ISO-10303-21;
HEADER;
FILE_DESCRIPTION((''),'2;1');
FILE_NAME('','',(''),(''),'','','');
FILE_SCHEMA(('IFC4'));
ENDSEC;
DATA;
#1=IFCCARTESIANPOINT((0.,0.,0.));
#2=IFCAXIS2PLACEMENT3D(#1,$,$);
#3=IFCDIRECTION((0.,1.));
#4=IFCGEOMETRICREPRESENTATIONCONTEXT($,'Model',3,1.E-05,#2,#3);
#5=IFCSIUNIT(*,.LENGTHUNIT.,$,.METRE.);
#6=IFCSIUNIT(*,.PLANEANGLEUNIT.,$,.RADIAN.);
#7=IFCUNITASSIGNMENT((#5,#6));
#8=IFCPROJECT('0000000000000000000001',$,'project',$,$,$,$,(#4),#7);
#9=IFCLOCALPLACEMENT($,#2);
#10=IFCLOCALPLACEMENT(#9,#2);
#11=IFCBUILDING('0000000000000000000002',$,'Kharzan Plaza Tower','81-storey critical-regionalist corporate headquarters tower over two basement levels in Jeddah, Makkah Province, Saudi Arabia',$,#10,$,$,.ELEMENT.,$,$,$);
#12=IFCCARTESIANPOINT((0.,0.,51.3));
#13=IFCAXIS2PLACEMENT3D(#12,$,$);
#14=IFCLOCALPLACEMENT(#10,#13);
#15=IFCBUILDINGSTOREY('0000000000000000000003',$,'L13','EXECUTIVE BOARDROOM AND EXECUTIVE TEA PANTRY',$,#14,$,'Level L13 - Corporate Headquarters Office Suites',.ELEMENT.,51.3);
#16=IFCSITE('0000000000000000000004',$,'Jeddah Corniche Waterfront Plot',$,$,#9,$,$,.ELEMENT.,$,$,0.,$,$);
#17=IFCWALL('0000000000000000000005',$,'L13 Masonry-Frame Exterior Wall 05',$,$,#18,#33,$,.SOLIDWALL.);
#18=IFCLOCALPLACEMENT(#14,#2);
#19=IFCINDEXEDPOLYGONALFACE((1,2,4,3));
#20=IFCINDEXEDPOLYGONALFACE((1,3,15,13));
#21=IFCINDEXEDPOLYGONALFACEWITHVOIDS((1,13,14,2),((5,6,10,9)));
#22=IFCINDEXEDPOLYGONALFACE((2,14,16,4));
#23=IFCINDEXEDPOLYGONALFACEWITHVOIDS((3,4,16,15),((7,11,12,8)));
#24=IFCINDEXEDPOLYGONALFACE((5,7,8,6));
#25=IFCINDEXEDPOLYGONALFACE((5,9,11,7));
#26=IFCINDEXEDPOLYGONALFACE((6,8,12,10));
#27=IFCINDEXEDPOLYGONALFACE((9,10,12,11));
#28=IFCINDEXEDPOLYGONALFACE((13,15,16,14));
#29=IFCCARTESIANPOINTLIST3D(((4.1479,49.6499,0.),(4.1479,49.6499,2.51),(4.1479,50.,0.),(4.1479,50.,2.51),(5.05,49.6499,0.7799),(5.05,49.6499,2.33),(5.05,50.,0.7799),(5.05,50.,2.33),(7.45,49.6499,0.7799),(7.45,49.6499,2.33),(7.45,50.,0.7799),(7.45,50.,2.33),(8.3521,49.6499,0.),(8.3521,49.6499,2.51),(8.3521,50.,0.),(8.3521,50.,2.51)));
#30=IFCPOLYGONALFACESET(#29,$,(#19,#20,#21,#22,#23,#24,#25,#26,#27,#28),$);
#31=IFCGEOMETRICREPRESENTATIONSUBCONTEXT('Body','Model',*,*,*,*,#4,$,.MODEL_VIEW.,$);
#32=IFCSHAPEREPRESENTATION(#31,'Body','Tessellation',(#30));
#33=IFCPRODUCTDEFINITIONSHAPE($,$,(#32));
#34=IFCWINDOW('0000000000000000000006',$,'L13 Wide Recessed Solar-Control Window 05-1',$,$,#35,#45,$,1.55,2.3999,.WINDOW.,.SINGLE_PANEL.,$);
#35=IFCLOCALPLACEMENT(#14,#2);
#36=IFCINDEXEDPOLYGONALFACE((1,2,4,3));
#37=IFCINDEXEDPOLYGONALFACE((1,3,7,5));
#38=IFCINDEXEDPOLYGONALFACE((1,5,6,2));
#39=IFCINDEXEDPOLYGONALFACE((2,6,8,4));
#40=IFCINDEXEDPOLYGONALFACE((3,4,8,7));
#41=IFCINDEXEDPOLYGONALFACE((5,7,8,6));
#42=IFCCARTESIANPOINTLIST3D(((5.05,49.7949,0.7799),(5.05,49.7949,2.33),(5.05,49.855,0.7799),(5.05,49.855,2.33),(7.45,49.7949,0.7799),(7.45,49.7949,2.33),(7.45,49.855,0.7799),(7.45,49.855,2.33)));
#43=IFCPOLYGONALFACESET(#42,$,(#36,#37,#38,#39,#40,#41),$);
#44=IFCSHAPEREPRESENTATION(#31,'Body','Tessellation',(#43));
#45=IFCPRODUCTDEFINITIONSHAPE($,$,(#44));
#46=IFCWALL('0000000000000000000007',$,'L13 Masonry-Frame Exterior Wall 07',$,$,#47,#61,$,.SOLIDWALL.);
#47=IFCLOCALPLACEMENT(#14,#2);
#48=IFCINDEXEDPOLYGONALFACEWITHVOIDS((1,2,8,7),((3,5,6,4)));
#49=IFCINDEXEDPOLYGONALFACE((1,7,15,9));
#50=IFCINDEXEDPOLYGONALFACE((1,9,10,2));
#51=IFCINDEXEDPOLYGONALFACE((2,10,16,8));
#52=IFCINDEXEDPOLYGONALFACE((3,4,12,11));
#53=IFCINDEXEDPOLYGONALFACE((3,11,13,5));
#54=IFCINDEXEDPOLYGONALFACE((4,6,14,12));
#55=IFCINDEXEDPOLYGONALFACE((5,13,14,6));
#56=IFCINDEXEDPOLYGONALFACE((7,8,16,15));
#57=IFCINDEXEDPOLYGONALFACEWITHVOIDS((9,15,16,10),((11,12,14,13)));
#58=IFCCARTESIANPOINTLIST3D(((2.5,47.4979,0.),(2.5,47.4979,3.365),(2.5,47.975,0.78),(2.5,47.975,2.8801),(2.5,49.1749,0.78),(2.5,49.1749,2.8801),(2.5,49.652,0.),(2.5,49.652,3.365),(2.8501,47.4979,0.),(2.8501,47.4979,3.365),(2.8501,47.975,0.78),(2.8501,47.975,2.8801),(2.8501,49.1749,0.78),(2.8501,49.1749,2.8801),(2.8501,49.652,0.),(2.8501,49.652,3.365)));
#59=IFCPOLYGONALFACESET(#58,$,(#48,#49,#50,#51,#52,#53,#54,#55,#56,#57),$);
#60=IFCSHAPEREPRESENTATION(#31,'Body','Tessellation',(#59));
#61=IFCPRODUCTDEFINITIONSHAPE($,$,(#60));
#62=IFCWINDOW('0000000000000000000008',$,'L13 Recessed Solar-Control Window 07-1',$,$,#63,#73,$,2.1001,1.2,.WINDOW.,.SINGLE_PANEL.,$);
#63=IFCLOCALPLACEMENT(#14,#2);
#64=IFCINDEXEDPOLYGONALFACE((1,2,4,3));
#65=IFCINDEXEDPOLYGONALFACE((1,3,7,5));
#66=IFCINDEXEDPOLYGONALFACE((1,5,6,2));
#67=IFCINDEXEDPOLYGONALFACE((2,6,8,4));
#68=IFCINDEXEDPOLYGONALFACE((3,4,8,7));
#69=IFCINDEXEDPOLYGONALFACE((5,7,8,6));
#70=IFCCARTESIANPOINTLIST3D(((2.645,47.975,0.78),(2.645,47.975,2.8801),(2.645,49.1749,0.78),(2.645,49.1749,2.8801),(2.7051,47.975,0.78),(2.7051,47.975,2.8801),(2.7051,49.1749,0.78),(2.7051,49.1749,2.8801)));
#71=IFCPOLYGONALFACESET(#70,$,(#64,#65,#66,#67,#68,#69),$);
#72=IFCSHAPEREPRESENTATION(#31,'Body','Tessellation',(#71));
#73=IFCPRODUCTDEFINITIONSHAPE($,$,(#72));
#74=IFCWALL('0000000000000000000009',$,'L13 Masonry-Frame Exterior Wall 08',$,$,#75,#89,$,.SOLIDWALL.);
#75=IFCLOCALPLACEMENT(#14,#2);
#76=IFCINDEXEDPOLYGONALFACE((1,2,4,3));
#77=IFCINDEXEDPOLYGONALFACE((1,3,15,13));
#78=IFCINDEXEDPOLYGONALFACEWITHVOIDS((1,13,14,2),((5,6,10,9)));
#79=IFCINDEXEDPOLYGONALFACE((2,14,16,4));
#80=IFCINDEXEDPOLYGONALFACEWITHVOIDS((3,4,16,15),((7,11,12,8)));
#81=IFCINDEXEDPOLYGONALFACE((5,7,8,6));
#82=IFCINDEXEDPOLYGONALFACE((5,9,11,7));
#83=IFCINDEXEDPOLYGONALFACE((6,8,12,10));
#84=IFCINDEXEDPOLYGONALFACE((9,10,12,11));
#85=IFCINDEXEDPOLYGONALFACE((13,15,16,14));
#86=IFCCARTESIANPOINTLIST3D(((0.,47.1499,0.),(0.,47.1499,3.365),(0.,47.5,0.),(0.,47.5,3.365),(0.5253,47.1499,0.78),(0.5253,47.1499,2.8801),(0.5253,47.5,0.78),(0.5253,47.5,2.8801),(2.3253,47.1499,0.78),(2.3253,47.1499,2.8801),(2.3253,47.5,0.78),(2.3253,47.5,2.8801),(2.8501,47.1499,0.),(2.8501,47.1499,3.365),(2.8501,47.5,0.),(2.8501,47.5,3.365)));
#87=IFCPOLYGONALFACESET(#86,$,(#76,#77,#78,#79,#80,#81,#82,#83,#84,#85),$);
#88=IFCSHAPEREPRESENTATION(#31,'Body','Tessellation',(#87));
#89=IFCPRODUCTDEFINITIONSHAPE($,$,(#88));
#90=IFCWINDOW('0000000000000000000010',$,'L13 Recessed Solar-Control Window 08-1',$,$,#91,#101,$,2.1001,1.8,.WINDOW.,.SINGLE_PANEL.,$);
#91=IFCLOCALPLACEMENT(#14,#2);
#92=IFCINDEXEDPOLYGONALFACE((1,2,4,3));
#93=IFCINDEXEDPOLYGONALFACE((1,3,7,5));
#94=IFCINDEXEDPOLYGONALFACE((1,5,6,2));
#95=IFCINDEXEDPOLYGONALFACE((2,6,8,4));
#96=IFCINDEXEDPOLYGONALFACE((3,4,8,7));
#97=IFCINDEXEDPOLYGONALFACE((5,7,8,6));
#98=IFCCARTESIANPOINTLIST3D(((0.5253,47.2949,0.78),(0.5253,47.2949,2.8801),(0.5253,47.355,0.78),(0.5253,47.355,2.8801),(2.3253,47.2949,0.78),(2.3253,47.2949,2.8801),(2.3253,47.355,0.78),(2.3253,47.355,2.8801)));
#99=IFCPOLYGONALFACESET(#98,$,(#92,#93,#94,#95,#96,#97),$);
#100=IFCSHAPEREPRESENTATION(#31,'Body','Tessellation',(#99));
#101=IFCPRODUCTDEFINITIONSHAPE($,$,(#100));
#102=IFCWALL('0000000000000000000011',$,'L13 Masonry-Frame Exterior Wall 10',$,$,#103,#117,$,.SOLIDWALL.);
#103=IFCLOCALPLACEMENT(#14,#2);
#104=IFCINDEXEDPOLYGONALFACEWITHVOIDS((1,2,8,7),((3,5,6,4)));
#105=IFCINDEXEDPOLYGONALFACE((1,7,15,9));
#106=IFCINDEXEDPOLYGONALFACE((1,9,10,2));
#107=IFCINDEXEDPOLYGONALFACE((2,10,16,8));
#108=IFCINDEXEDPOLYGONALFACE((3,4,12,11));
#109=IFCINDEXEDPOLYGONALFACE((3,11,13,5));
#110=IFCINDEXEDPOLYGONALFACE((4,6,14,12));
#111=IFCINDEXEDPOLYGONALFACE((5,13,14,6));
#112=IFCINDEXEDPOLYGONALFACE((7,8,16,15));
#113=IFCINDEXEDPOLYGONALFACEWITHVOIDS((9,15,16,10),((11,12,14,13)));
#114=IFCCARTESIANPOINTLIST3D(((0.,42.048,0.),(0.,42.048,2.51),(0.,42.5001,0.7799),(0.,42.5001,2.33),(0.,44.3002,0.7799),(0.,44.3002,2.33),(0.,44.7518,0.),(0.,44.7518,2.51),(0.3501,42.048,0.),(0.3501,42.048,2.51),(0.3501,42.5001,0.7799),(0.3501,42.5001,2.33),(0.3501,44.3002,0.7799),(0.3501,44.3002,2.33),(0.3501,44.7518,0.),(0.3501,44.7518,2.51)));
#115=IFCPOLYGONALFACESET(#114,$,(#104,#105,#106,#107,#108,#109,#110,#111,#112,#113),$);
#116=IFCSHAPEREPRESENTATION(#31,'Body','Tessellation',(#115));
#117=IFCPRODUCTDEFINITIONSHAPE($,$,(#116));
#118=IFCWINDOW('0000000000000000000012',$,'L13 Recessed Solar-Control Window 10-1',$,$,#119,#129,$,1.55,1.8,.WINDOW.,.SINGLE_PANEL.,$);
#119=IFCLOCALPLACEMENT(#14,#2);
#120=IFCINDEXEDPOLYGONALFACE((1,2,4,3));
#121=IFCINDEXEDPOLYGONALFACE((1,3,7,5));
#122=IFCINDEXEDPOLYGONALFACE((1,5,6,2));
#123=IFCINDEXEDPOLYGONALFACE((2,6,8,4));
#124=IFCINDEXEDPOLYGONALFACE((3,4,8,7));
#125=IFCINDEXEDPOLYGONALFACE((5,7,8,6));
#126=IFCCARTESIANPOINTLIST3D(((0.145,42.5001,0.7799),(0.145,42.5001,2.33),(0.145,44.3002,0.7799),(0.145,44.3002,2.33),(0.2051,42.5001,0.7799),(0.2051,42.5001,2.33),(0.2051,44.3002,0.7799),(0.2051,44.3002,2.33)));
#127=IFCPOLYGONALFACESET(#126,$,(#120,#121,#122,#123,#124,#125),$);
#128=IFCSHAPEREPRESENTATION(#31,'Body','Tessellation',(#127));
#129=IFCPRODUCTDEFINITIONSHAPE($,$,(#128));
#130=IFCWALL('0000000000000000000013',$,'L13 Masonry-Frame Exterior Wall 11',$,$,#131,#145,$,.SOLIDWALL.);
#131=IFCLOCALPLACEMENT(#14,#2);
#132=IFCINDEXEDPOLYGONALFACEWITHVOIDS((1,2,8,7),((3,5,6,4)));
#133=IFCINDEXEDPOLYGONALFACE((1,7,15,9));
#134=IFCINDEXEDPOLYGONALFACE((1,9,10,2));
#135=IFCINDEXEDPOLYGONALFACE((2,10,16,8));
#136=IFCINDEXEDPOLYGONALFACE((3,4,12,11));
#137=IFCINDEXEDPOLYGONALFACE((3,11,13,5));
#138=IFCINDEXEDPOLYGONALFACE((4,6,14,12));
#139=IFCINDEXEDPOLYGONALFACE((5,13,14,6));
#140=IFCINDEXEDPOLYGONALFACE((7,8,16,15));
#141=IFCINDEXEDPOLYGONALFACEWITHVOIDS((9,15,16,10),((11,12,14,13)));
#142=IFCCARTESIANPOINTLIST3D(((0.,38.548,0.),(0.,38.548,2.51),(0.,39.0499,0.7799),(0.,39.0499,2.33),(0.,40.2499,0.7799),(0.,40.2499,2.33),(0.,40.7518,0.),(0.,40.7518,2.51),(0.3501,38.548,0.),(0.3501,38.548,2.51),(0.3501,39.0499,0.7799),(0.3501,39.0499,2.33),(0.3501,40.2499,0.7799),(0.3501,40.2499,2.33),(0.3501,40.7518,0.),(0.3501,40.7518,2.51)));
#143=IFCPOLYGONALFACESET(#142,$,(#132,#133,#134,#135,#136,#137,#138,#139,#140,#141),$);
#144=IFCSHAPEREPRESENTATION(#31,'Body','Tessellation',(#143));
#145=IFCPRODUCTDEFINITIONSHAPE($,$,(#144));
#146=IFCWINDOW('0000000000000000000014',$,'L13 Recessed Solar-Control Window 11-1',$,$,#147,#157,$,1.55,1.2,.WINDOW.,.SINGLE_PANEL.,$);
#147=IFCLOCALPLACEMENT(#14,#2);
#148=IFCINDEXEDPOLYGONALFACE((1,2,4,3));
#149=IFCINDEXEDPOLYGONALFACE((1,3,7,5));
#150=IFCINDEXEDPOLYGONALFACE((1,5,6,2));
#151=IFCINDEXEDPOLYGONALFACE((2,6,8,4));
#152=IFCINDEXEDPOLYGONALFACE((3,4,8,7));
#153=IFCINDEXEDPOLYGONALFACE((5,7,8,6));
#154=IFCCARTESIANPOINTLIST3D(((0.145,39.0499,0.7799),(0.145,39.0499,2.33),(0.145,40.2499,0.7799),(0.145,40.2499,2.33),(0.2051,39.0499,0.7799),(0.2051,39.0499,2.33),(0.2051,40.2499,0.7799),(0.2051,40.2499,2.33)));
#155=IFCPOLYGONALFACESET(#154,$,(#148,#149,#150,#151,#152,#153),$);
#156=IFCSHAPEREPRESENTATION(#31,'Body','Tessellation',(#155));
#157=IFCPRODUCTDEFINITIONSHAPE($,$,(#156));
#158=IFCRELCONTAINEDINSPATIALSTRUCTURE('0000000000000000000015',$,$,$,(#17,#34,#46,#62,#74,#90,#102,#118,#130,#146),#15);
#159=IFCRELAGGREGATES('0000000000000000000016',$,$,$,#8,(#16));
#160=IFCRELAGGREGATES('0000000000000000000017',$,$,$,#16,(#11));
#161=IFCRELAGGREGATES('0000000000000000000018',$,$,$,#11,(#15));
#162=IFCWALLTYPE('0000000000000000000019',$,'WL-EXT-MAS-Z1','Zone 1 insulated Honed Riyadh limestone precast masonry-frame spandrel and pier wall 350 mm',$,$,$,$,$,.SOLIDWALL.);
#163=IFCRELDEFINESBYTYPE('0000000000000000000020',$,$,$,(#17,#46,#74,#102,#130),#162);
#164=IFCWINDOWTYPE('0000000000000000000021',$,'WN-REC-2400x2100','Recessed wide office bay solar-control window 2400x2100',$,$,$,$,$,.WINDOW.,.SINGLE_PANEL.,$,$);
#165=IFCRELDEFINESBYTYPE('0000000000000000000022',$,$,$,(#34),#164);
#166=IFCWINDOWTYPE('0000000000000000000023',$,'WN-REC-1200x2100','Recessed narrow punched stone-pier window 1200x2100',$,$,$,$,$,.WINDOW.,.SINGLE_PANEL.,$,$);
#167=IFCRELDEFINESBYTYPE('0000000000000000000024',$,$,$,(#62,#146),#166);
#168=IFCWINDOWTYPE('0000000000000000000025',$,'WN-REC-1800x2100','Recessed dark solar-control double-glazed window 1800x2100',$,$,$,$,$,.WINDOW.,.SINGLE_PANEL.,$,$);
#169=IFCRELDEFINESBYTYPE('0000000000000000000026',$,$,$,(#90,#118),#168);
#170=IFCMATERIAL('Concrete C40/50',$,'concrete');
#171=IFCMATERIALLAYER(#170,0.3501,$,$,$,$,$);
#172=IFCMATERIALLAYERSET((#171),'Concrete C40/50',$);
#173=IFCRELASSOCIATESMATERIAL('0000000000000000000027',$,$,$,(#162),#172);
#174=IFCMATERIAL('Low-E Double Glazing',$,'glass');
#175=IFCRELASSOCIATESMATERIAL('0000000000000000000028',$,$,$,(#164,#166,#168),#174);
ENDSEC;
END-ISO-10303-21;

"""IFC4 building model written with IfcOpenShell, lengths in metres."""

from ifc_helpers import new_model, si_unit, direction, frame, frame_2d, origin, place, context, subcontext, project, spatial, rectangle, extrude, source, transform, mapped, material, layer, layer_set, type_object, element, fill, save


model = new_model("IFC4")

# Units and contexts
model_context = context("Model", 3, precision=1e-05, world=origin(), true_north=direction((0.0, 1.0)))
body_context = subcontext(model_context, "Body", "Model", "MODEL_VIEW")
ifc_project = project(units=[si_unit("LENGTHUNIT", "METRE"), si_unit("PLANEANGLEUNIT", "RADIAN")], contexts=[model_context])

# Site, building, storey
site_placement = place(None, origin())
site = spatial("IfcSite", under=ifc_project, at=site_placement, Name="Jeddah Corniche Waterfront Plot", CompositionType="ELEMENT", RefElevation=0.0)
building_placement = place(site_placement, origin())
building = spatial("IfcBuilding", under=site, at=building_placement, Name="Kharzan Plaza Tower", Description="81-storey critical-regionalist corporate headquarters tower over two basement levels in Jeddah, Makkah Province, Saudi Arabia", CompositionType="ELEMENT")
storey_placement = place(building_placement, frame((0.0, 0.0, 51.3)))
storey = spatial("IfcBuildingStorey", under=building, at=storey_placement, Name="L13", Description="EXECUTIVE BOARDROOM AND EXECUTIVE TEA PANTRY", LongName="Level L13 - Corporate Headquarters Office Suites", CompositionType="ELEMENT", Elevation=51.3)

# Walls, openings, windows
ifc_material_1 = material(Name="Concrete C40/50", Category="concrete")
ifc_layer = layer(ifc_material_1, 0.3501)
ifc_layer_set = layer_set([ifc_layer], Name="Concrete C40/50")
wall_type = type_object("IfcWallType", Name="WL-EXT-MAS-Z1", Description="Zone 1 insulated Honed Riyadh limestone precast masonry-frame spandrel and pier wall 350 mm", PredefinedType="SOLIDWALL", material=ifc_layer_set)
wall_1_placement = place(storey_placement, frame((8.3521, 49.825, 0.0), z_axis=(0.0, 0.0, 1.0), x_axis=(-1.0, 0.0, 0.0)))
wall_1 = element("IfcWall", 1, at=wall_1_placement, inside=storey, type_object=wall_type, Name="L13 Masonry-Frame Exterior Wall 05", PredefinedType="SOLIDWALL", context=body_context, shape_type="SweptSolid", body=[
    extrude(rectangle(XDim=4.2041, YDim=0.3501, at=frame_2d((2.1021, 0.0))), origin(), (0.0, 0.0, 1.0), 2.51),
])
opening_1_placement = place(wall_1_placement, frame((0.9021, 0.0, 0.78)))
opening_1 = element("IfcOpeningElement", 2, at=opening_1_placement, cuts=wall_1, PredefinedType="OPENING", context=body_context, shape_type="SweptSolid", body=[
    extrude(rectangle(XDim=2.3999, YDim=1.55, at=frame_2d((1.2, 0.7749))), frame((0.0, 0.1851, 0.0), z_axis=(0.0, -1.0, 0.0), x_axis=(1.0, 0.0, 0.0)), (0.0, 0.0, 1.0), 0.3701),
])
ifc_material_2 = material(Name="Low-E Double Glazing", Category="glass")
window_type_1 = type_object("IfcWindowType", Name="WN-REC-2400x2100", Description="Recessed wide office bay solar-control window 2400x2100", PartitioningType="SINGLE_PANEL", PredefinedType="WINDOW", material=ifc_material_2)
shared_shape_1 = source(origin(), body_context, "Body", "SweptSolid", [
    extrude(rectangle(XDim=2.3999, YDim=1.55, at=frame_2d((1.2, 0.7749))), frame((0.0, 0.03, 0.0), z_axis=(0.0, -1.0, 0.0), x_axis=(1.0, 0.0, 0.0)), (0.0, 0.0, 1.0), 0.0601),
])
window_1_placement = place(opening_1_placement, origin())
window_1 = element("IfcWindow", 3, at=window_1_placement, inside=storey, type_object=window_type_1, Name="L13 Wide Recessed Solar-Control Window 05-1", OverallHeight=1.55, OverallWidth=2.3999, PartitioningType="SINGLE_PANEL", PredefinedType="WINDOW", context=body_context, shape_type="MappedRepresentation", body=[
    mapped(shared_shape_1, transform((0.0, 0.0, 0.0), x_axis=(1.0, 0.0, 0.0), y_axis=(0.0, 1.0, 0.0), z_axis=(0.0, 0.0, 1.0))),
])
fill(opening_1, window_1)
wall_2_placement = place(storey_placement, frame((2.675, 49.6521, 0.0), z_axis=(0.0, 0.0, 1.0), x_axis=(0.0, -1.0, 0.0)))
wall_2 = element("IfcWall", 4, at=wall_2_placement, inside=storey, type_object=wall_type, Name="L13 Masonry-Frame Exterior Wall 07", PredefinedType="SOLIDWALL", context=body_context, shape_type="SweptSolid", body=[
    extrude(rectangle(XDim=2.1541, YDim=0.3501, at=frame_2d((1.0771, 0.0))), origin(), (0.0, 0.0, 1.0), 3.365),
])
opening_2_placement = place(wall_2_placement, frame((0.4771, 0.0, 0.78)))
opening_2 = element("IfcOpeningElement", 5, at=opening_2_placement, cuts=wall_2, PredefinedType="OPENING", context=body_context, shape_type="SweptSolid", body=[
    extrude(rectangle(XDim=1.2, YDim=2.1001, at=frame_2d((0.6001, 1.05))), frame((0.0, 0.1851, 0.0), z_axis=(0.0, -1.0, 0.0), x_axis=(1.0, 0.0, 0.0)), (0.0, 0.0, 1.0), 0.3701),
])
window_type_2 = type_object("IfcWindowType", Name="WN-REC-1200x2100", Description="Recessed narrow punched stone-pier window 1200x2100", PartitioningType="SINGLE_PANEL", PredefinedType="WINDOW", material=ifc_material_2)
shared_shape_2 = source(origin(), body_context, "Body", "SweptSolid", [
    extrude(rectangle(XDim=1.2, YDim=2.1001, at=frame_2d((0.6001, 1.05))), frame((0.0, 0.03, 0.0), z_axis=(0.0, -1.0, 0.0), x_axis=(1.0, 0.0, 0.0)), (0.0, 0.0, 1.0), 0.0601),
])
window_2_placement = place(opening_2_placement, origin())
window_2 = element("IfcWindow", 6, at=window_2_placement, inside=storey, type_object=window_type_2, Name="L13 Recessed Solar-Control Window 07-1", OverallHeight=2.1001, OverallWidth=1.2, PartitioningType="SINGLE_PANEL", PredefinedType="WINDOW", context=body_context, shape_type="MappedRepresentation", body=[
    mapped(shared_shape_2, transform((0.0, 0.0, 0.0), x_axis=(1.0, 0.0, 0.0), y_axis=(0.0, 1.0, 0.0), z_axis=(0.0, 0.0, 1.0))),
])
fill(opening_2, window_2)
wall_3_placement = place(storey_placement, frame((2.8501, 47.325, 0.0), z_axis=(0.0, 0.0, 1.0), x_axis=(-1.0, 0.0, 0.0)))
wall_3 = element("IfcWall", 7, at=wall_3_placement, inside=storey, type_object=wall_type, Name="L13 Masonry-Frame Exterior Wall 08", PredefinedType="SOLIDWALL", context=body_context, shape_type="SweptSolid", body=[
    extrude(rectangle(XDim=2.8501, YDim=0.3501, at=frame_2d((1.425, 0.0))), origin(), (0.0, 0.0, 1.0), 3.365),
])
opening_3_placement = place(wall_3_placement, frame((0.5249, 0.0, 0.78)))
opening_3 = element("IfcOpeningElement", 8, at=opening_3_placement, cuts=wall_3, PredefinedType="OPENING", context=body_context, shape_type="SweptSolid", body=[
    extrude(rectangle(XDim=1.8, YDim=2.1001, at=frame_2d((0.8999, 1.05))), frame((0.0, 0.1851, 0.0), z_axis=(0.0, -1.0, 0.0), x_axis=(1.0, 0.0, 0.0)), (0.0, 0.0, 1.0), 0.3701),
])
window_type_3 = type_object("IfcWindowType", Name="WN-REC-1800x2100", Description="Recessed dark solar-control double-glazed window 1800x2100", PartitioningType="SINGLE_PANEL", PredefinedType="WINDOW", material=ifc_material_2)
shared_shape_3 = source(origin(), body_context, "Body", "SweptSolid", [
    extrude(rectangle(XDim=1.8, YDim=2.1001, at=frame_2d((0.8999, 1.05))), frame((0.0, 0.03, 0.0), z_axis=(0.0, -1.0, 0.0), x_axis=(1.0, 0.0, 0.0)), (0.0, 0.0, 1.0), 0.0601),
])
window_3_placement = place(opening_3_placement, origin())
window_3 = element("IfcWindow", 9, at=window_3_placement, inside=storey, type_object=window_type_3, Name="L13 Recessed Solar-Control Window 08-1", OverallHeight=2.1001, OverallWidth=1.8, PartitioningType="SINGLE_PANEL", PredefinedType="WINDOW", context=body_context, shape_type="MappedRepresentation", body=[
    mapped(shared_shape_3, transform((0.0, 0.0, 0.0), x_axis=(1.0, 0.0, 0.0), y_axis=(0.0, 1.0, 0.0), z_axis=(0.0, 0.0, 1.0))),
])
fill(opening_3, window_3)
wall_4_placement = place(storey_placement, frame((0.175, 44.752, 0.0), z_axis=(0.0, 0.0, 1.0), x_axis=(0.0, -1.0, 0.0)))
wall_4 = element("IfcWall", 10, at=wall_4_placement, inside=storey, type_object=wall_type, Name="L13 Masonry-Frame Exterior Wall 10", PredefinedType="SOLIDWALL", context=body_context, shape_type="SweptSolid", body=[
    extrude(rectangle(XDim=2.7039, YDim=0.3501, at=frame_2d((1.3521, 0.0))), origin(), (0.0, 0.0, 1.0), 2.51),
])
opening_4_placement = place(wall_4_placement, frame((0.4519, 0.0, 0.78)))
opening_4 = element("IfcOpeningElement", 11, at=opening_4_placement, cuts=wall_4, PredefinedType="OPENING", context=body_context, shape_type="SweptSolid", body=[
    extrude(rectangle(XDim=1.8, YDim=1.55, at=frame_2d((0.8999, 0.7749))), frame((0.0, 0.1851, 0.0), z_axis=(0.0, -1.0, 0.0), x_axis=(1.0, 0.0, 0.0)), (0.0, 0.0, 1.0), 0.3701),
])
shared_shape_4 = source(origin(), body_context, "Body", "SweptSolid", [
    extrude(rectangle(XDim=1.8, YDim=1.55, at=frame_2d((0.8999, 0.7749))), frame((0.0, 0.03, 0.0), z_axis=(0.0, -1.0, 0.0), x_axis=(1.0, 0.0, 0.0)), (0.0, 0.0, 1.0), 0.0601),
])
window_4_placement = place(opening_4_placement, origin())
window_4 = element("IfcWindow", 12, at=window_4_placement, inside=storey, type_object=window_type_3, Name="L13 Recessed Solar-Control Window 10-1", OverallHeight=1.55, OverallWidth=1.8, PartitioningType="SINGLE_PANEL", PredefinedType="WINDOW", context=body_context, shape_type="MappedRepresentation", body=[
    mapped(shared_shape_4, transform((0.0, 0.0, 0.0), x_axis=(1.0, 0.0, 0.0), y_axis=(0.0, 1.0, 0.0), z_axis=(0.0, 0.0, 1.0))),
])
fill(opening_4, window_4)
wall_5_placement = place(storey_placement, frame((0.175, 40.752, 0.0), z_axis=(0.0, 0.0, 1.0), x_axis=(0.0, -1.0, 0.0)))
wall_5 = element("IfcWall", 13, at=wall_5_placement, inside=storey, type_object=wall_type, Name="L13 Masonry-Frame Exterior Wall 11", PredefinedType="SOLIDWALL", context=body_context, shape_type="SweptSolid", body=[
    extrude(rectangle(XDim=2.2039, YDim=0.3501, at=frame_2d((1.1021, 0.0))), origin(), (0.0, 0.0, 1.0), 2.51),
])
opening_5_placement = place(wall_5_placement, frame((0.502, 0.0, 0.78)))
opening_5 = element("IfcOpeningElement", 14, at=opening_5_placement, cuts=wall_5, PredefinedType="OPENING", context=body_context, shape_type="SweptSolid", body=[
    extrude(rectangle(XDim=1.2, YDim=1.55, at=frame_2d((0.6001, 0.7749))), frame((0.0, 0.1851, 0.0), z_axis=(0.0, -1.0, 0.0), x_axis=(1.0, 0.0, 0.0)), (0.0, 0.0, 1.0), 0.3701),
])
shared_shape_5 = source(origin(), body_context, "Body", "SweptSolid", [
    extrude(rectangle(XDim=1.2, YDim=1.55, at=frame_2d((0.6001, 0.7749))), frame((0.0, 0.03, 0.0), z_axis=(0.0, -1.0, 0.0), x_axis=(1.0, 0.0, 0.0)), (0.0, 0.0, 1.0), 0.0601),
])
window_5_placement = place(opening_5_placement, origin())
window_5 = element("IfcWindow", 15, at=window_5_placement, inside=storey, type_object=window_type_2, Name="L13 Recessed Solar-Control Window 11-1", OverallHeight=1.55, OverallWidth=1.2, PartitioningType="SINGLE_PANEL", PredefinedType="WINDOW", context=body_context, shape_type="MappedRepresentation", body=[
    mapped(shared_shape_5, transform((0.0, 0.0, 0.0), x_axis=(1.0, 0.0, 0.0), y_axis=(0.0, 1.0, 0.0), z_axis=(0.0, 0.0, 1.0))),
])
fill(opening_5, window_5)

save(model, "model.ifc")
